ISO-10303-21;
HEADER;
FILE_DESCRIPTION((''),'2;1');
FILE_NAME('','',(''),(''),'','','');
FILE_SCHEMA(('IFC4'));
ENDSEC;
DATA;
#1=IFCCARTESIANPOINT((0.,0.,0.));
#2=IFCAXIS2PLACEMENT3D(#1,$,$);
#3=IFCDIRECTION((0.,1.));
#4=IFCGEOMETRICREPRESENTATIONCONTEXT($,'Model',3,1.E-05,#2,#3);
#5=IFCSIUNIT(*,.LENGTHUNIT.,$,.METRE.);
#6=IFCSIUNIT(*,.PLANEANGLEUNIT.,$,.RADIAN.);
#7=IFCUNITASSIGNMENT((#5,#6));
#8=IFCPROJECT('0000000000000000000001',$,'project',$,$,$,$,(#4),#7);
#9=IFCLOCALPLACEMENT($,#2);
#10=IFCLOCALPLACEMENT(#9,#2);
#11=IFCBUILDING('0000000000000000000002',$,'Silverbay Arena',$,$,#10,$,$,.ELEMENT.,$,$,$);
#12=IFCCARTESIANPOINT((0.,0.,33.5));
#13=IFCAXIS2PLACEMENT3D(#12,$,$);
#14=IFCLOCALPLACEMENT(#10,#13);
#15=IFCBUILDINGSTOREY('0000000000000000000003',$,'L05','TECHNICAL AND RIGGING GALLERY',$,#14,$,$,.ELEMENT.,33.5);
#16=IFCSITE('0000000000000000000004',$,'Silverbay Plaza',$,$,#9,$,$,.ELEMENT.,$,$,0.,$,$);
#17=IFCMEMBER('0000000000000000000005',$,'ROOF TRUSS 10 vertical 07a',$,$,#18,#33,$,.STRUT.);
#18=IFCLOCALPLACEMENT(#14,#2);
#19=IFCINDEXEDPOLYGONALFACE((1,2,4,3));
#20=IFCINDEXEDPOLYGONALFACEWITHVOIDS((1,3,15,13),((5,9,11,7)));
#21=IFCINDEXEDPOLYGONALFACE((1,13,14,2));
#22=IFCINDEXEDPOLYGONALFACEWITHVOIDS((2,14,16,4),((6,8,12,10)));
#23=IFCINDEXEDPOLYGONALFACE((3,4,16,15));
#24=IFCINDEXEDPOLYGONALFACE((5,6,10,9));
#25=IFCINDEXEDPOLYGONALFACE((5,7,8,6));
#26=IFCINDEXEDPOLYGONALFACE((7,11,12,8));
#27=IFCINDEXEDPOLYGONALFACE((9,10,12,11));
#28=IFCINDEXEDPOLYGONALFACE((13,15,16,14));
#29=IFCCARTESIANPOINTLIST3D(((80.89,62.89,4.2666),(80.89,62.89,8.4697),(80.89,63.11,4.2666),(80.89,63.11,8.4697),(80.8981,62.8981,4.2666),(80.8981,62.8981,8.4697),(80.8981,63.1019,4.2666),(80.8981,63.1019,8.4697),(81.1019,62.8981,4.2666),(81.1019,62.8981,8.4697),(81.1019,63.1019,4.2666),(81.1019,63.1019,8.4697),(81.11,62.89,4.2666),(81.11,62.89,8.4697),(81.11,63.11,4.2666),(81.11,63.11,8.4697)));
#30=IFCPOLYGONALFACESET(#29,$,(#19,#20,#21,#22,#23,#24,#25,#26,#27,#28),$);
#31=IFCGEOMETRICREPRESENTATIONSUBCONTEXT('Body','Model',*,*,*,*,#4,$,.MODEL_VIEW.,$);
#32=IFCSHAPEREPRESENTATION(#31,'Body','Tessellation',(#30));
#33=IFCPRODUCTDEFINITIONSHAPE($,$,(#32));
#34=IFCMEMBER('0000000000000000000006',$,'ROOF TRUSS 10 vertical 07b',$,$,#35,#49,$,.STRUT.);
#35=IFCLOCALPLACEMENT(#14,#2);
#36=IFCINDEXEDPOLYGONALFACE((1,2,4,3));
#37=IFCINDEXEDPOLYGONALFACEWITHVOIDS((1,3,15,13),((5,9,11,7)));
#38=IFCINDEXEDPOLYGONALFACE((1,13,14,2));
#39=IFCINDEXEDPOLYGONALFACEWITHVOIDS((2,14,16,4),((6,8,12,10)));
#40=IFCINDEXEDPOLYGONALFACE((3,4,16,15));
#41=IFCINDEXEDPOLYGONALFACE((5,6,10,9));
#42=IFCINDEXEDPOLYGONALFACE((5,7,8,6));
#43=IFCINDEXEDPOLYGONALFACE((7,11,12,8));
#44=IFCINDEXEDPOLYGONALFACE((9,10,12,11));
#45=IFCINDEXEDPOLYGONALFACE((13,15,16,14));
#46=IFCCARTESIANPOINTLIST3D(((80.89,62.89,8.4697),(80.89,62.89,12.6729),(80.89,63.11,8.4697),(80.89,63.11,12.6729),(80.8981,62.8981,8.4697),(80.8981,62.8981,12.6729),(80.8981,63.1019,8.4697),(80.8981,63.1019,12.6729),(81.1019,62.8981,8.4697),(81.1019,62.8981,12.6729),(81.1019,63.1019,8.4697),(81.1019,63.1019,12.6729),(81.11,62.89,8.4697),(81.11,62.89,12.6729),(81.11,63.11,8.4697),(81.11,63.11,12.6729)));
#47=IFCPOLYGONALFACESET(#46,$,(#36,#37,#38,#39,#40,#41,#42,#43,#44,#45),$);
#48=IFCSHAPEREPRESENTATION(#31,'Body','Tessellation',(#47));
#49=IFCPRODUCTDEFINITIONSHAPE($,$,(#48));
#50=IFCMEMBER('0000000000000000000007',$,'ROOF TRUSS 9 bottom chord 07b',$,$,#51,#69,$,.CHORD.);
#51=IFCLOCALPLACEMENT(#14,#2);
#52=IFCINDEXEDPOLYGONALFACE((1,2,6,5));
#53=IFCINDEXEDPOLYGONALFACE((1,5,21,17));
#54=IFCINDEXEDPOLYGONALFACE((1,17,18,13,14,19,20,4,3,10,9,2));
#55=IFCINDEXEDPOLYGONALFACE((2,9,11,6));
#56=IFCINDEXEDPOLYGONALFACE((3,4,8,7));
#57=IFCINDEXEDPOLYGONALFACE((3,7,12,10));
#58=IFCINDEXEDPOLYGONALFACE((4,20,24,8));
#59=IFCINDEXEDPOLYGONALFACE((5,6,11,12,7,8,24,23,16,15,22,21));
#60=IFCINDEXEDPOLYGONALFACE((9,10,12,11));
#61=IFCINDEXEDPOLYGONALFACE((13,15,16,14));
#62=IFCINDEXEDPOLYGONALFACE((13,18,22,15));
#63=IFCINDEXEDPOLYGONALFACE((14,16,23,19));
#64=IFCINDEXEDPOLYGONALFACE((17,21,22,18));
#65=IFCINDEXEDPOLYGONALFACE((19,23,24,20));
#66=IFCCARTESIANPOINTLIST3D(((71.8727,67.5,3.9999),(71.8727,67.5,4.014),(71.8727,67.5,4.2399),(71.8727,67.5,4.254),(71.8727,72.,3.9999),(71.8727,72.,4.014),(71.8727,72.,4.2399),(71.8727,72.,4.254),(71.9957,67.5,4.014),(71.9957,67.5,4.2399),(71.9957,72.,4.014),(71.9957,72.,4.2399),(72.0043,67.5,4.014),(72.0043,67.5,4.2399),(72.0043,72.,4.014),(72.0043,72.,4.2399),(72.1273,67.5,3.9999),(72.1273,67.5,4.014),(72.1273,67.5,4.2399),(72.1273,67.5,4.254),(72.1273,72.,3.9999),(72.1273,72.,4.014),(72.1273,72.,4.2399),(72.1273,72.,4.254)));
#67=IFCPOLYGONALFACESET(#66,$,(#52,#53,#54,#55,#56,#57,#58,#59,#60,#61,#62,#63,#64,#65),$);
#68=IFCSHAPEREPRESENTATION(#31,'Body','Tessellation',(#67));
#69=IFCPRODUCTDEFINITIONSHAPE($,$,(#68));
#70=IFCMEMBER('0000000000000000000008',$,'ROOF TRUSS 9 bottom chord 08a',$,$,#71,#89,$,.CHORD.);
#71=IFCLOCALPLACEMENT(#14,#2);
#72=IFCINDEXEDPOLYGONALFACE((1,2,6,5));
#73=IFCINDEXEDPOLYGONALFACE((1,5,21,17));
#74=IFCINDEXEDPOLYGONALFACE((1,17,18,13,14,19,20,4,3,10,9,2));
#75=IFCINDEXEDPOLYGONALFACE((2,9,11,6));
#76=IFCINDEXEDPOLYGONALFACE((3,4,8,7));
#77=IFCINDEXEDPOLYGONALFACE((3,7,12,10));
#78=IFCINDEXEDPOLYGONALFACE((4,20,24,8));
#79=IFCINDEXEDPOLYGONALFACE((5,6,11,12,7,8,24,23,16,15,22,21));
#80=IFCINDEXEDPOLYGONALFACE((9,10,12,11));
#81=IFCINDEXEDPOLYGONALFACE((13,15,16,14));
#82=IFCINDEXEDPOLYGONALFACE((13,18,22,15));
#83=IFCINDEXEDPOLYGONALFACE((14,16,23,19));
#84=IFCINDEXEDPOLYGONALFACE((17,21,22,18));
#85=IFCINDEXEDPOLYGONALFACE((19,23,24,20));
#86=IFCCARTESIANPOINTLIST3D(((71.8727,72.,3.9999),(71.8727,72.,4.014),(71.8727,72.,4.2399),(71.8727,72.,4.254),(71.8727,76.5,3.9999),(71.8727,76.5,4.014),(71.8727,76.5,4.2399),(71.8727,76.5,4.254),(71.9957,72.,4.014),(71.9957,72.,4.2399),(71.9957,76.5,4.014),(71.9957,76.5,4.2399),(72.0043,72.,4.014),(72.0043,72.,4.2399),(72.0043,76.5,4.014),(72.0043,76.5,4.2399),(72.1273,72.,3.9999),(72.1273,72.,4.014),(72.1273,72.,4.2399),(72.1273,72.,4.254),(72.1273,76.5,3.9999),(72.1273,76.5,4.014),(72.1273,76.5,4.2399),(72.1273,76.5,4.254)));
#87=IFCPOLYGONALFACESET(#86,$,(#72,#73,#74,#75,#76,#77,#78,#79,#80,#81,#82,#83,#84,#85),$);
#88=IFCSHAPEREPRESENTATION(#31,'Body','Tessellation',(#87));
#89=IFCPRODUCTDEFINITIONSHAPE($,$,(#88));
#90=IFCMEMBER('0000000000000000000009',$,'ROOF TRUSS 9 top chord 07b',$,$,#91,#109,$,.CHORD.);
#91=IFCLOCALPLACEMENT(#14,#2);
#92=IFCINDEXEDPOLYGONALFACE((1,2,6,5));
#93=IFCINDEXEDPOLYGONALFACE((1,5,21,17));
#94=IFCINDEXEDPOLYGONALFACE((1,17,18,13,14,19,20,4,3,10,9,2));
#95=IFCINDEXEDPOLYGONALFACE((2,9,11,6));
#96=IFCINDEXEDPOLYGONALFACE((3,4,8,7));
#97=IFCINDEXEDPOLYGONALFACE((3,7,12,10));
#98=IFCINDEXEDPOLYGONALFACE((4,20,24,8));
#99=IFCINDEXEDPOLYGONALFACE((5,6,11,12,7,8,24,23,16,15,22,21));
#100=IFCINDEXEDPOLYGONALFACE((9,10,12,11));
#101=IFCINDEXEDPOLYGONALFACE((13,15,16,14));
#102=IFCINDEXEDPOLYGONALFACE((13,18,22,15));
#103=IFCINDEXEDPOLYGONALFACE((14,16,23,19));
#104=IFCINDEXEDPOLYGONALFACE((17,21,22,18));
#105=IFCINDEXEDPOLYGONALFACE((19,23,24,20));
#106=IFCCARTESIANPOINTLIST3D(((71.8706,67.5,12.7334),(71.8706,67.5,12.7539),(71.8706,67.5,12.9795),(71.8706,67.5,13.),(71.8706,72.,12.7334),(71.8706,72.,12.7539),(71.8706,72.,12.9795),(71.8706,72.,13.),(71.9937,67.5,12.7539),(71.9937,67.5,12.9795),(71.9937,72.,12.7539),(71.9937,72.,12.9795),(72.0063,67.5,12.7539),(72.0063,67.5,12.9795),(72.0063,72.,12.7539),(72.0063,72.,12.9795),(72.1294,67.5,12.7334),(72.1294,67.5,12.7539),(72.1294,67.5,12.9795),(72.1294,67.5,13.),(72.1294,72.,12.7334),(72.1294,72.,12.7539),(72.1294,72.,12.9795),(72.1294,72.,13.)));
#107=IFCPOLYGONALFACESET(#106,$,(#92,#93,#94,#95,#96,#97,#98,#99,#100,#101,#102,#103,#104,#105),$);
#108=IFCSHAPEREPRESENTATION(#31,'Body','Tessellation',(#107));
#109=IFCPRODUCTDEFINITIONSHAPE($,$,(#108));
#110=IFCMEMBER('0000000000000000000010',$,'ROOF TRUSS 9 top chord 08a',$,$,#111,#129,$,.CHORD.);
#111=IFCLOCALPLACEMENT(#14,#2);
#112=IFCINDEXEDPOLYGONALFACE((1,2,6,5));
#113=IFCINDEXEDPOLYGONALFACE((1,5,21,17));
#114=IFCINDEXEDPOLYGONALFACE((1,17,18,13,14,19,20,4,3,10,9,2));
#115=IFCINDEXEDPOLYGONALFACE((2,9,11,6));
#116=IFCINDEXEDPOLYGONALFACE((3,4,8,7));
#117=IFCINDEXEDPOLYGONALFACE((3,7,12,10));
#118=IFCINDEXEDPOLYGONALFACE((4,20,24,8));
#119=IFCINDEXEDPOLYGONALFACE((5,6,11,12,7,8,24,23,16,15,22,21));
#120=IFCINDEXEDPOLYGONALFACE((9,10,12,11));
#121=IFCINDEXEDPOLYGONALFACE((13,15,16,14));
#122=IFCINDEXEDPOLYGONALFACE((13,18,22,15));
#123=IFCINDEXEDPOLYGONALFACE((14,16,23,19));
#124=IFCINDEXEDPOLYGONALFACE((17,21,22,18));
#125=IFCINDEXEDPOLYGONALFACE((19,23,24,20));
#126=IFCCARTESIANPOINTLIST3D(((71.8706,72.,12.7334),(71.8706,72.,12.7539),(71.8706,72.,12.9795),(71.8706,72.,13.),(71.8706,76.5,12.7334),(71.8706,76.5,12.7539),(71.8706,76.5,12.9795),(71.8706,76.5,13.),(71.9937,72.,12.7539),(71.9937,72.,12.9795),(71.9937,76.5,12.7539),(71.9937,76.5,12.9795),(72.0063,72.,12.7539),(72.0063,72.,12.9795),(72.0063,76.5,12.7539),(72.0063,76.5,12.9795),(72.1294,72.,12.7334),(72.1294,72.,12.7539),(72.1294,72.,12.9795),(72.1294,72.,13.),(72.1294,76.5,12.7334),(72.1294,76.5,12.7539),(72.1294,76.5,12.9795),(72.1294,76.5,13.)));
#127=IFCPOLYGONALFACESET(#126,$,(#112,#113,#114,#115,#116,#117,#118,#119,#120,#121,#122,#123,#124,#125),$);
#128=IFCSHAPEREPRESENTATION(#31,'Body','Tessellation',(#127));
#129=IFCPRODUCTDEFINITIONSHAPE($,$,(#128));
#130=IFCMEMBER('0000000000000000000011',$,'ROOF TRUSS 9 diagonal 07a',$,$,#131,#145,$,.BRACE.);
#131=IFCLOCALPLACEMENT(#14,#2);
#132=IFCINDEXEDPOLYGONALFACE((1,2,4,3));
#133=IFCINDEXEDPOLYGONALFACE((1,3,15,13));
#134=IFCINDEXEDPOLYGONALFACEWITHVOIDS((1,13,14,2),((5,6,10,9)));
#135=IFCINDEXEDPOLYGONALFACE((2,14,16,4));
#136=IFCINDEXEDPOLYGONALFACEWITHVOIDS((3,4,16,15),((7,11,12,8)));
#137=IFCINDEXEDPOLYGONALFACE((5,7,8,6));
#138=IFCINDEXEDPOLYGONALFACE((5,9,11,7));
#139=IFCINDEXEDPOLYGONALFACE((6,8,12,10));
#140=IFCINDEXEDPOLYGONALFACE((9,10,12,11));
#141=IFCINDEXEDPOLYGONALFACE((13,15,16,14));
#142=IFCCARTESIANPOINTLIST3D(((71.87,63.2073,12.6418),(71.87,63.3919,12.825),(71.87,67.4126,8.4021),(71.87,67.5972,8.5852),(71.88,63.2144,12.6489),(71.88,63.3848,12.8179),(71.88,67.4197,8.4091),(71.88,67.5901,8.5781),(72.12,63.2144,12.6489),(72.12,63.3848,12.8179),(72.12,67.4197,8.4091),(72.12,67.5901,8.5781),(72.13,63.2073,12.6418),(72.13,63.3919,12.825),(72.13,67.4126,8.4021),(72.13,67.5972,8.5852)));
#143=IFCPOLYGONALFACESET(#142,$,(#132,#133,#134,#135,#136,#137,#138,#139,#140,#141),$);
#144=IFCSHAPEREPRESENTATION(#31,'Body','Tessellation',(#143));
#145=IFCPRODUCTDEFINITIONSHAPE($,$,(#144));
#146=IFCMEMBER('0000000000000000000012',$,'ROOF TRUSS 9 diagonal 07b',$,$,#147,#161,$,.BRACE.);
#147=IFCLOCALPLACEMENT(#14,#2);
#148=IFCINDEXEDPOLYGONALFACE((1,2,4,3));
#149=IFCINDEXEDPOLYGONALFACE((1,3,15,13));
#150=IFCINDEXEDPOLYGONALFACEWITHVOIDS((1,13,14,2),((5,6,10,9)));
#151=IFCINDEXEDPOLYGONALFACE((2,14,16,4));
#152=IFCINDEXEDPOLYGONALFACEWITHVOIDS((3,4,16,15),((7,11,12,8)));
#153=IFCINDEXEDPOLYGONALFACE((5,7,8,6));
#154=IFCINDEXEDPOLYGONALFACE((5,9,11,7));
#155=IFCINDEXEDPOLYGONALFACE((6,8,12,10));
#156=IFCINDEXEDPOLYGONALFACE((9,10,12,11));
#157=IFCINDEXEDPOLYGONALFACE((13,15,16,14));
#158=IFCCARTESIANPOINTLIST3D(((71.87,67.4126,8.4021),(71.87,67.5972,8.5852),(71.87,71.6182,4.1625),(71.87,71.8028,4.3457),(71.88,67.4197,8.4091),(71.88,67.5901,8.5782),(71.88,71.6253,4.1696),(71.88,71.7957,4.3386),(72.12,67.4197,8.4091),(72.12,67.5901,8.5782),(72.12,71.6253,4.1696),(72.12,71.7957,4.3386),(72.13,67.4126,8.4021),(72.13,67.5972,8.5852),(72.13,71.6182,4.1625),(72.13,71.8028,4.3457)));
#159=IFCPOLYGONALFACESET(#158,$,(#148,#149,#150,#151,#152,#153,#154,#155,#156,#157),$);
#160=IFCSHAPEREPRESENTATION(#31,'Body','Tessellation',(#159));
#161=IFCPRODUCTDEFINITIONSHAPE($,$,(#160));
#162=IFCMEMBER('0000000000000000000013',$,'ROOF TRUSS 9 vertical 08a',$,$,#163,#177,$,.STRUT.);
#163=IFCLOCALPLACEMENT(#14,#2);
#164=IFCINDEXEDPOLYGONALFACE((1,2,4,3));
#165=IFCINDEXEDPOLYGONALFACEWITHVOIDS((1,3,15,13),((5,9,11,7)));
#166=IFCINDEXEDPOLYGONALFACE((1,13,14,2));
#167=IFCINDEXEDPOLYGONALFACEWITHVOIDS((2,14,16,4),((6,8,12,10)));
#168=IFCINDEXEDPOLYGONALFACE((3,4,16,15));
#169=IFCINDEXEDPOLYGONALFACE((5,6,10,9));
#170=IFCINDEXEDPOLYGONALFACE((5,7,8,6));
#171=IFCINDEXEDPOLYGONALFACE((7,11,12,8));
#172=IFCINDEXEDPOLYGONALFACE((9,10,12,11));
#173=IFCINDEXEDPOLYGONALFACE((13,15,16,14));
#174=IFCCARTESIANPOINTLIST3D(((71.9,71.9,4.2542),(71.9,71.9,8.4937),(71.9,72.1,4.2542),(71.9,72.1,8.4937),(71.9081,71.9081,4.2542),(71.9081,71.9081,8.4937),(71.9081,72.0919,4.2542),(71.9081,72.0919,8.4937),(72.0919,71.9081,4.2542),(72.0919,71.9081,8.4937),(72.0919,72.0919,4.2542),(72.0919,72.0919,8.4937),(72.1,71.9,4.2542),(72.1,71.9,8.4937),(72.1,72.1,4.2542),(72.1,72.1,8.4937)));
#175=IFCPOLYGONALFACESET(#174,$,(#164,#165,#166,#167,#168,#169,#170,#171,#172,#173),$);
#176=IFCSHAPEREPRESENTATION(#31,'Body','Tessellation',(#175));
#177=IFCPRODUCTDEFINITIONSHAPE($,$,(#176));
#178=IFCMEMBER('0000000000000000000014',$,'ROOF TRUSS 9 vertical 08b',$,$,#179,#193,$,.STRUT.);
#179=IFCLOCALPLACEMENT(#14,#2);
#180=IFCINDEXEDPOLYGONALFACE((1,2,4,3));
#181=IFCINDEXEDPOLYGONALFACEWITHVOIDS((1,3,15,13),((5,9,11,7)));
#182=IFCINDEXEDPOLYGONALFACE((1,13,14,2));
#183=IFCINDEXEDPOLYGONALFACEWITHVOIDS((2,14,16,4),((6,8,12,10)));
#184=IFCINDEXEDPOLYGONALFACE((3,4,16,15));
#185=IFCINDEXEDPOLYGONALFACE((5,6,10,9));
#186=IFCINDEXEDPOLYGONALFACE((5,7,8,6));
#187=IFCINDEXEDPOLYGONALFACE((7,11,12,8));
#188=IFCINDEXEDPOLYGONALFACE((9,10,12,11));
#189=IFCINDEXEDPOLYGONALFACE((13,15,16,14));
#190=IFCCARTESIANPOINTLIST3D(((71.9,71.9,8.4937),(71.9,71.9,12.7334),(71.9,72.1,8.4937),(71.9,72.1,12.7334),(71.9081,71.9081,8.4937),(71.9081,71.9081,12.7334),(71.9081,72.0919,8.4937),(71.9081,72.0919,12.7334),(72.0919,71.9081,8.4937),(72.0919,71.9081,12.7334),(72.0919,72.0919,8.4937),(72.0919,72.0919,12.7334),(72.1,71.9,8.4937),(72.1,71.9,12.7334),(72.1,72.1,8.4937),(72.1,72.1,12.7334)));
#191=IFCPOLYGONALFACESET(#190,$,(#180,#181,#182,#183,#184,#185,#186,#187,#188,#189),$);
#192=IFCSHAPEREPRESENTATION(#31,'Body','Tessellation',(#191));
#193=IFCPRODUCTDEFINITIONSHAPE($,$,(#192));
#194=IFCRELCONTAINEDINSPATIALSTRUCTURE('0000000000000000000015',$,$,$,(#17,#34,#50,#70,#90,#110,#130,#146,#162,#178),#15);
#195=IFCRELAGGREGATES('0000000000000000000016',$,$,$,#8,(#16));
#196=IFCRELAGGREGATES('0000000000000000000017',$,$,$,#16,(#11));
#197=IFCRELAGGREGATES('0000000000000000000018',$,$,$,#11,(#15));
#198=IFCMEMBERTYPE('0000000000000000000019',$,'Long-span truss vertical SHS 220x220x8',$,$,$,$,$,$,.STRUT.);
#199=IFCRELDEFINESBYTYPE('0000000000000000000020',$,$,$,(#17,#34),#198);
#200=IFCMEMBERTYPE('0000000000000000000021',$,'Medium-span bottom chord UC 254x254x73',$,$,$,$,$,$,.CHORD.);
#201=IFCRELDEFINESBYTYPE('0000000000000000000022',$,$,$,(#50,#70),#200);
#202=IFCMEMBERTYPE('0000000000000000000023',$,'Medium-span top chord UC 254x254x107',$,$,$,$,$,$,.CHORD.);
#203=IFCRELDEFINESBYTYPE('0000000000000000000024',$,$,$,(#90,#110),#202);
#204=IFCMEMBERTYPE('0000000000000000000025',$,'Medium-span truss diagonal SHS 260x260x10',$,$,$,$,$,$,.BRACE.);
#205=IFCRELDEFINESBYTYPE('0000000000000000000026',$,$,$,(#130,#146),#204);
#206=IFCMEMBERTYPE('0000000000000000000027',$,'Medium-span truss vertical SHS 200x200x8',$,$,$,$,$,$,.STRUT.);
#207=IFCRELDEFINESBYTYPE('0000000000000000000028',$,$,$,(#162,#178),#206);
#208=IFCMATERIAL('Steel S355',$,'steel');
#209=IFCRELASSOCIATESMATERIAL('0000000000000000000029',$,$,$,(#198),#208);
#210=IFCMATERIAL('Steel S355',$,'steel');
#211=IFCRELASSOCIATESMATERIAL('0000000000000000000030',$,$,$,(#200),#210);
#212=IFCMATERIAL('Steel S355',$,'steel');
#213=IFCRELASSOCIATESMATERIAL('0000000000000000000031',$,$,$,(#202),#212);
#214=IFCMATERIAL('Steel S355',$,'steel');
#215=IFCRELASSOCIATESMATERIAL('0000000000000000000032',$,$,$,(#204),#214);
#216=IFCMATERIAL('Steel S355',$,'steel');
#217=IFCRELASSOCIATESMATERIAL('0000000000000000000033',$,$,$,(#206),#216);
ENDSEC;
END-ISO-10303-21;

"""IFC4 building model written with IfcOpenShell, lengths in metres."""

from ifc_helpers import new_model, si_unit, direction, frame, origin, origin_2d, place, context, subcontext, project, spatial, hollow_rectangle, i_section, extrude, material, material_profile, profile_set, type_object, element, save


model = new_model("IFC4")

# Units and contexts
model_context = context("Model", 3, precision=1e-05, world=origin(), true_north=direction((0.0, 1.0)))
body_context = subcontext(model_context, "Body", "Model", "MODEL_VIEW")
ifc_project = project(units=[si_unit("LENGTHUNIT", "METRE"), si_unit("PLANEANGLEUNIT", "RADIAN")], contexts=[model_context])

# Site, building, storey
site_placement = place(None, origin())
site = spatial("IfcSite", under=ifc_project, at=site_placement, Name="Silverbay Plaza", CompositionType="ELEMENT", RefElevation=0.0)
building_placement = place(site_placement, origin())
building = spatial("IfcBuilding", under=site, at=building_placement, Name="Silverbay Arena", CompositionType="ELEMENT")
storey_placement = place(building_placement, frame((0.0, 0.0, 33.5)))
storey = spatial("IfcBuildingStorey", under=building, at=storey_placement, Name="L05", Description="TECHNICAL AND RIGGING GALLERY", CompositionType="ELEMENT", Elevation=33.5)

# Members
ifc_material_1 = material(Name="Steel S355", Category="steel")
ifc_material_profile_1 = material_profile(ifc_material_1, hollow_rectangle(XDim=0.22, YDim=0.22, WallThickness=0.0081, at=origin_2d()), Name="SHS 220x220x8")
ifc_profile_set_1 = profile_set([ifc_material_profile_1], Name="Steel S355")
member_type_1 = type_object("IfcMemberType", Name="Long-span truss vertical SHS 220x220x8", PredefinedType="STRUT", material=ifc_profile_set_1)
for number, where, z_axis, x_axis, name in (
    (1, (81.0, 63.0, 4.2666), (0.0, 0.0, 1.0), (1.0, 0.0, 0.0), "ROOF TRUSS 10 vertical 07a"),
    (2, (81.0, 63.0, 8.4697), (0.0, 0.0, 1.0), (1.0, 0.0, 0.0), "ROOF TRUSS 10 vertical 07b"),
):
    element("IfcMember", number, at=place(storey_placement, frame(where, z_axis=z_axis, x_axis=x_axis)), inside=storey, type_object=member_type_1, Name=name, PredefinedType="STRUT", context=body_context, shape_type="SweptSolid", body=[
        extrude(hollow_rectangle(XDim=0.22, YDim=0.22, WallThickness=0.0081, at=origin_2d()), origin(), (0.0, 0.0, 1.0), 4.2031),
    ])
ifc_material_2 = material(Name="Steel S355", Category="steel")
ifc_material_profile_2 = material_profile(ifc_material_2, i_section(OverallWidth=0.2546, OverallDepth=0.2542, WebThickness=0.0085, FlangeThickness=0.0142, at=origin_2d()), Name="UC 254x254x73")
ifc_profile_set_2 = profile_set([ifc_material_profile_2], Name="Steel S355")
member_type_2 = type_object("IfcMemberType", Name="Medium-span bottom chord UC 254x254x73", PredefinedType="CHORD", material=ifc_profile_set_2)
for number, where, z_axis, x_axis, name in (
    (3, (72.0, 67.5, 4.127), (0.0, 1.0, 0.0), (-1.0, 0.0, 0.0), "ROOF TRUSS 9 bottom chord 07b"),
    (4, (72.0, 72.0, 4.127), (0.0, 1.0, 0.0), (-1.0, 0.0, 0.0), "ROOF TRUSS 9 bottom chord 08a"),
):
    element("IfcMember", number, at=place(storey_placement, frame(where, z_axis=z_axis, x_axis=x_axis)), inside=storey, type_object=member_type_2, Name=name, PredefinedType="CHORD", context=body_context, shape_type="SweptSolid", body=[
        extrude(i_section(OverallWidth=0.2546, OverallDepth=0.2542, WebThickness=0.0085, FlangeThickness=0.0142, at=origin_2d()), origin(), (0.0, 0.0, 1.0), 4.5),
    ])
ifc_material_3 = material(Name="Steel S355", Category="steel")
ifc_material_profile_3 = material_profile(ifc_material_3, i_section(OverallWidth=0.2588, OverallDepth=0.2666, WebThickness=0.0127, FlangeThickness=0.0205, at=origin_2d()), Name="UC 254x254x107")
ifc_profile_set_3 = profile_set([ifc_material_profile_3], Name="Steel S355")
member_type_3 = type_object("IfcMemberType", Name="Medium-span top chord UC 254x254x107", PredefinedType="CHORD", material=ifc_profile_set_3)
for number, where, z_axis, x_axis, name in (
    (5, (72.0, 67.5, 12.8667), (0.0, 1.0, 0.0), (-1.0, 0.0, 0.0), "ROOF TRUSS 9 top chord 07b"),
    (6, (72.0, 72.0, 12.8667), (0.0, 1.0, 0.0), (-1.0, 0.0, 0.0), "ROOF TRUSS 9 top chord 08a"),
):
    element("IfcMember", number, at=place(storey_placement, frame(where, z_axis=z_axis, x_axis=x_axis)), inside=storey, type_object=member_type_3, Name=name, PredefinedType="CHORD", context=body_context, shape_type="SweptSolid", body=[
        extrude(i_section(OverallWidth=0.2588, OverallDepth=0.2666, WebThickness=0.0127, FlangeThickness=0.0205, at=origin_2d()), origin(), (0.0, 0.0, 1.0), 4.5),
    ])
ifc_material_4 = material(Name="Steel S355", Category="steel")
ifc_material_profile_4 = material_profile(ifc_material_4, hollow_rectangle(XDim=0.26, YDim=0.26, WallThickness=0.01, at=origin_2d()), Name="SHS 260x260x10")
ifc_profile_set_4 = profile_set([ifc_material_profile_4], Name="Steel S355")
member_type_4 = type_object("IfcMemberType", Name="Medium-span truss diagonal SHS 260x260x10", PredefinedType="BRACE", material=ifc_profile_set_4)
for number, where, z_axis, x_axis, name in (
    (7, (72.0, 63.2996, 12.7334), (0.0, 0.704219, -0.709983), (-1.0, 0.0, 0.0), "ROOF TRUSS 9 diagonal 07a"),
    (8, (72.0, 67.5049, 8.4937), (0.0, 0.70426, -0.709942), (-1.0, 0.0, 0.0), "ROOF TRUSS 9 diagonal 07b"),
):
    element("IfcMember", number, at=place(storey_placement, frame(where, z_axis=z_axis, x_axis=x_axis)), inside=storey, type_object=member_type_4, Name=name, PredefinedType="BRACE", context=body_context, shape_type="SweptSolid", body=[
        extrude(hollow_rectangle(XDim=0.26, YDim=0.26, WallThickness=0.01, at=origin_2d()), origin(), (0.0, 0.0, 1.0), 5.9717),
    ])
ifc_material_5 = material(Name="Steel S355", Category="steel")
ifc_material_profile_5 = material_profile(ifc_material_5, hollow_rectangle(XDim=0.2, YDim=0.2, WallThickness=0.0081, at=origin_2d()), Name="SHS 200x200x8")
ifc_profile_set_5 = profile_set([ifc_material_profile_5], Name="Steel S355")
member_type_5 = type_object("IfcMemberType", Name="Medium-span truss vertical SHS 200x200x8", PredefinedType="STRUT", material=ifc_profile_set_5)
member_1_placement = place(storey_placement, frame((72.0, 72.0, 4.2542), z_axis=(0.0, 0.0, 1.0), x_axis=(1.0, 0.0, 0.0)))
element("IfcMember", 9, at=member_1_placement, inside=storey, type_object=member_type_5, Name="ROOF TRUSS 9 vertical 08a", PredefinedType="STRUT", context=body_context, shape_type="SweptSolid", body=[
    extrude(hollow_rectangle(XDim=0.2, YDim=0.2, WallThickness=0.0081, at=origin_2d()), origin(), (0.0, 0.0, 1.0), 4.2395),
])
member_2_placement = place(storey_placement, frame((72.0, 72.0, 8.4937), z_axis=(0.0, 0.0, 1.0), x_axis=(1.0, 0.0, 0.0)))
element("IfcMember", 10, at=member_2_placement, inside=storey, type_object=member_type_5, Name="ROOF TRUSS 9 vertical 08b", PredefinedType="STRUT", context=body_context, shape_type="SweptSolid", body=[
    extrude(hollow_rectangle(XDim=0.2, YDim=0.2, WallThickness=0.0081, at=origin_2d()), origin(), (0.0, 0.0, 1.0), 4.2397),
])

save(model, "model.ifc")
